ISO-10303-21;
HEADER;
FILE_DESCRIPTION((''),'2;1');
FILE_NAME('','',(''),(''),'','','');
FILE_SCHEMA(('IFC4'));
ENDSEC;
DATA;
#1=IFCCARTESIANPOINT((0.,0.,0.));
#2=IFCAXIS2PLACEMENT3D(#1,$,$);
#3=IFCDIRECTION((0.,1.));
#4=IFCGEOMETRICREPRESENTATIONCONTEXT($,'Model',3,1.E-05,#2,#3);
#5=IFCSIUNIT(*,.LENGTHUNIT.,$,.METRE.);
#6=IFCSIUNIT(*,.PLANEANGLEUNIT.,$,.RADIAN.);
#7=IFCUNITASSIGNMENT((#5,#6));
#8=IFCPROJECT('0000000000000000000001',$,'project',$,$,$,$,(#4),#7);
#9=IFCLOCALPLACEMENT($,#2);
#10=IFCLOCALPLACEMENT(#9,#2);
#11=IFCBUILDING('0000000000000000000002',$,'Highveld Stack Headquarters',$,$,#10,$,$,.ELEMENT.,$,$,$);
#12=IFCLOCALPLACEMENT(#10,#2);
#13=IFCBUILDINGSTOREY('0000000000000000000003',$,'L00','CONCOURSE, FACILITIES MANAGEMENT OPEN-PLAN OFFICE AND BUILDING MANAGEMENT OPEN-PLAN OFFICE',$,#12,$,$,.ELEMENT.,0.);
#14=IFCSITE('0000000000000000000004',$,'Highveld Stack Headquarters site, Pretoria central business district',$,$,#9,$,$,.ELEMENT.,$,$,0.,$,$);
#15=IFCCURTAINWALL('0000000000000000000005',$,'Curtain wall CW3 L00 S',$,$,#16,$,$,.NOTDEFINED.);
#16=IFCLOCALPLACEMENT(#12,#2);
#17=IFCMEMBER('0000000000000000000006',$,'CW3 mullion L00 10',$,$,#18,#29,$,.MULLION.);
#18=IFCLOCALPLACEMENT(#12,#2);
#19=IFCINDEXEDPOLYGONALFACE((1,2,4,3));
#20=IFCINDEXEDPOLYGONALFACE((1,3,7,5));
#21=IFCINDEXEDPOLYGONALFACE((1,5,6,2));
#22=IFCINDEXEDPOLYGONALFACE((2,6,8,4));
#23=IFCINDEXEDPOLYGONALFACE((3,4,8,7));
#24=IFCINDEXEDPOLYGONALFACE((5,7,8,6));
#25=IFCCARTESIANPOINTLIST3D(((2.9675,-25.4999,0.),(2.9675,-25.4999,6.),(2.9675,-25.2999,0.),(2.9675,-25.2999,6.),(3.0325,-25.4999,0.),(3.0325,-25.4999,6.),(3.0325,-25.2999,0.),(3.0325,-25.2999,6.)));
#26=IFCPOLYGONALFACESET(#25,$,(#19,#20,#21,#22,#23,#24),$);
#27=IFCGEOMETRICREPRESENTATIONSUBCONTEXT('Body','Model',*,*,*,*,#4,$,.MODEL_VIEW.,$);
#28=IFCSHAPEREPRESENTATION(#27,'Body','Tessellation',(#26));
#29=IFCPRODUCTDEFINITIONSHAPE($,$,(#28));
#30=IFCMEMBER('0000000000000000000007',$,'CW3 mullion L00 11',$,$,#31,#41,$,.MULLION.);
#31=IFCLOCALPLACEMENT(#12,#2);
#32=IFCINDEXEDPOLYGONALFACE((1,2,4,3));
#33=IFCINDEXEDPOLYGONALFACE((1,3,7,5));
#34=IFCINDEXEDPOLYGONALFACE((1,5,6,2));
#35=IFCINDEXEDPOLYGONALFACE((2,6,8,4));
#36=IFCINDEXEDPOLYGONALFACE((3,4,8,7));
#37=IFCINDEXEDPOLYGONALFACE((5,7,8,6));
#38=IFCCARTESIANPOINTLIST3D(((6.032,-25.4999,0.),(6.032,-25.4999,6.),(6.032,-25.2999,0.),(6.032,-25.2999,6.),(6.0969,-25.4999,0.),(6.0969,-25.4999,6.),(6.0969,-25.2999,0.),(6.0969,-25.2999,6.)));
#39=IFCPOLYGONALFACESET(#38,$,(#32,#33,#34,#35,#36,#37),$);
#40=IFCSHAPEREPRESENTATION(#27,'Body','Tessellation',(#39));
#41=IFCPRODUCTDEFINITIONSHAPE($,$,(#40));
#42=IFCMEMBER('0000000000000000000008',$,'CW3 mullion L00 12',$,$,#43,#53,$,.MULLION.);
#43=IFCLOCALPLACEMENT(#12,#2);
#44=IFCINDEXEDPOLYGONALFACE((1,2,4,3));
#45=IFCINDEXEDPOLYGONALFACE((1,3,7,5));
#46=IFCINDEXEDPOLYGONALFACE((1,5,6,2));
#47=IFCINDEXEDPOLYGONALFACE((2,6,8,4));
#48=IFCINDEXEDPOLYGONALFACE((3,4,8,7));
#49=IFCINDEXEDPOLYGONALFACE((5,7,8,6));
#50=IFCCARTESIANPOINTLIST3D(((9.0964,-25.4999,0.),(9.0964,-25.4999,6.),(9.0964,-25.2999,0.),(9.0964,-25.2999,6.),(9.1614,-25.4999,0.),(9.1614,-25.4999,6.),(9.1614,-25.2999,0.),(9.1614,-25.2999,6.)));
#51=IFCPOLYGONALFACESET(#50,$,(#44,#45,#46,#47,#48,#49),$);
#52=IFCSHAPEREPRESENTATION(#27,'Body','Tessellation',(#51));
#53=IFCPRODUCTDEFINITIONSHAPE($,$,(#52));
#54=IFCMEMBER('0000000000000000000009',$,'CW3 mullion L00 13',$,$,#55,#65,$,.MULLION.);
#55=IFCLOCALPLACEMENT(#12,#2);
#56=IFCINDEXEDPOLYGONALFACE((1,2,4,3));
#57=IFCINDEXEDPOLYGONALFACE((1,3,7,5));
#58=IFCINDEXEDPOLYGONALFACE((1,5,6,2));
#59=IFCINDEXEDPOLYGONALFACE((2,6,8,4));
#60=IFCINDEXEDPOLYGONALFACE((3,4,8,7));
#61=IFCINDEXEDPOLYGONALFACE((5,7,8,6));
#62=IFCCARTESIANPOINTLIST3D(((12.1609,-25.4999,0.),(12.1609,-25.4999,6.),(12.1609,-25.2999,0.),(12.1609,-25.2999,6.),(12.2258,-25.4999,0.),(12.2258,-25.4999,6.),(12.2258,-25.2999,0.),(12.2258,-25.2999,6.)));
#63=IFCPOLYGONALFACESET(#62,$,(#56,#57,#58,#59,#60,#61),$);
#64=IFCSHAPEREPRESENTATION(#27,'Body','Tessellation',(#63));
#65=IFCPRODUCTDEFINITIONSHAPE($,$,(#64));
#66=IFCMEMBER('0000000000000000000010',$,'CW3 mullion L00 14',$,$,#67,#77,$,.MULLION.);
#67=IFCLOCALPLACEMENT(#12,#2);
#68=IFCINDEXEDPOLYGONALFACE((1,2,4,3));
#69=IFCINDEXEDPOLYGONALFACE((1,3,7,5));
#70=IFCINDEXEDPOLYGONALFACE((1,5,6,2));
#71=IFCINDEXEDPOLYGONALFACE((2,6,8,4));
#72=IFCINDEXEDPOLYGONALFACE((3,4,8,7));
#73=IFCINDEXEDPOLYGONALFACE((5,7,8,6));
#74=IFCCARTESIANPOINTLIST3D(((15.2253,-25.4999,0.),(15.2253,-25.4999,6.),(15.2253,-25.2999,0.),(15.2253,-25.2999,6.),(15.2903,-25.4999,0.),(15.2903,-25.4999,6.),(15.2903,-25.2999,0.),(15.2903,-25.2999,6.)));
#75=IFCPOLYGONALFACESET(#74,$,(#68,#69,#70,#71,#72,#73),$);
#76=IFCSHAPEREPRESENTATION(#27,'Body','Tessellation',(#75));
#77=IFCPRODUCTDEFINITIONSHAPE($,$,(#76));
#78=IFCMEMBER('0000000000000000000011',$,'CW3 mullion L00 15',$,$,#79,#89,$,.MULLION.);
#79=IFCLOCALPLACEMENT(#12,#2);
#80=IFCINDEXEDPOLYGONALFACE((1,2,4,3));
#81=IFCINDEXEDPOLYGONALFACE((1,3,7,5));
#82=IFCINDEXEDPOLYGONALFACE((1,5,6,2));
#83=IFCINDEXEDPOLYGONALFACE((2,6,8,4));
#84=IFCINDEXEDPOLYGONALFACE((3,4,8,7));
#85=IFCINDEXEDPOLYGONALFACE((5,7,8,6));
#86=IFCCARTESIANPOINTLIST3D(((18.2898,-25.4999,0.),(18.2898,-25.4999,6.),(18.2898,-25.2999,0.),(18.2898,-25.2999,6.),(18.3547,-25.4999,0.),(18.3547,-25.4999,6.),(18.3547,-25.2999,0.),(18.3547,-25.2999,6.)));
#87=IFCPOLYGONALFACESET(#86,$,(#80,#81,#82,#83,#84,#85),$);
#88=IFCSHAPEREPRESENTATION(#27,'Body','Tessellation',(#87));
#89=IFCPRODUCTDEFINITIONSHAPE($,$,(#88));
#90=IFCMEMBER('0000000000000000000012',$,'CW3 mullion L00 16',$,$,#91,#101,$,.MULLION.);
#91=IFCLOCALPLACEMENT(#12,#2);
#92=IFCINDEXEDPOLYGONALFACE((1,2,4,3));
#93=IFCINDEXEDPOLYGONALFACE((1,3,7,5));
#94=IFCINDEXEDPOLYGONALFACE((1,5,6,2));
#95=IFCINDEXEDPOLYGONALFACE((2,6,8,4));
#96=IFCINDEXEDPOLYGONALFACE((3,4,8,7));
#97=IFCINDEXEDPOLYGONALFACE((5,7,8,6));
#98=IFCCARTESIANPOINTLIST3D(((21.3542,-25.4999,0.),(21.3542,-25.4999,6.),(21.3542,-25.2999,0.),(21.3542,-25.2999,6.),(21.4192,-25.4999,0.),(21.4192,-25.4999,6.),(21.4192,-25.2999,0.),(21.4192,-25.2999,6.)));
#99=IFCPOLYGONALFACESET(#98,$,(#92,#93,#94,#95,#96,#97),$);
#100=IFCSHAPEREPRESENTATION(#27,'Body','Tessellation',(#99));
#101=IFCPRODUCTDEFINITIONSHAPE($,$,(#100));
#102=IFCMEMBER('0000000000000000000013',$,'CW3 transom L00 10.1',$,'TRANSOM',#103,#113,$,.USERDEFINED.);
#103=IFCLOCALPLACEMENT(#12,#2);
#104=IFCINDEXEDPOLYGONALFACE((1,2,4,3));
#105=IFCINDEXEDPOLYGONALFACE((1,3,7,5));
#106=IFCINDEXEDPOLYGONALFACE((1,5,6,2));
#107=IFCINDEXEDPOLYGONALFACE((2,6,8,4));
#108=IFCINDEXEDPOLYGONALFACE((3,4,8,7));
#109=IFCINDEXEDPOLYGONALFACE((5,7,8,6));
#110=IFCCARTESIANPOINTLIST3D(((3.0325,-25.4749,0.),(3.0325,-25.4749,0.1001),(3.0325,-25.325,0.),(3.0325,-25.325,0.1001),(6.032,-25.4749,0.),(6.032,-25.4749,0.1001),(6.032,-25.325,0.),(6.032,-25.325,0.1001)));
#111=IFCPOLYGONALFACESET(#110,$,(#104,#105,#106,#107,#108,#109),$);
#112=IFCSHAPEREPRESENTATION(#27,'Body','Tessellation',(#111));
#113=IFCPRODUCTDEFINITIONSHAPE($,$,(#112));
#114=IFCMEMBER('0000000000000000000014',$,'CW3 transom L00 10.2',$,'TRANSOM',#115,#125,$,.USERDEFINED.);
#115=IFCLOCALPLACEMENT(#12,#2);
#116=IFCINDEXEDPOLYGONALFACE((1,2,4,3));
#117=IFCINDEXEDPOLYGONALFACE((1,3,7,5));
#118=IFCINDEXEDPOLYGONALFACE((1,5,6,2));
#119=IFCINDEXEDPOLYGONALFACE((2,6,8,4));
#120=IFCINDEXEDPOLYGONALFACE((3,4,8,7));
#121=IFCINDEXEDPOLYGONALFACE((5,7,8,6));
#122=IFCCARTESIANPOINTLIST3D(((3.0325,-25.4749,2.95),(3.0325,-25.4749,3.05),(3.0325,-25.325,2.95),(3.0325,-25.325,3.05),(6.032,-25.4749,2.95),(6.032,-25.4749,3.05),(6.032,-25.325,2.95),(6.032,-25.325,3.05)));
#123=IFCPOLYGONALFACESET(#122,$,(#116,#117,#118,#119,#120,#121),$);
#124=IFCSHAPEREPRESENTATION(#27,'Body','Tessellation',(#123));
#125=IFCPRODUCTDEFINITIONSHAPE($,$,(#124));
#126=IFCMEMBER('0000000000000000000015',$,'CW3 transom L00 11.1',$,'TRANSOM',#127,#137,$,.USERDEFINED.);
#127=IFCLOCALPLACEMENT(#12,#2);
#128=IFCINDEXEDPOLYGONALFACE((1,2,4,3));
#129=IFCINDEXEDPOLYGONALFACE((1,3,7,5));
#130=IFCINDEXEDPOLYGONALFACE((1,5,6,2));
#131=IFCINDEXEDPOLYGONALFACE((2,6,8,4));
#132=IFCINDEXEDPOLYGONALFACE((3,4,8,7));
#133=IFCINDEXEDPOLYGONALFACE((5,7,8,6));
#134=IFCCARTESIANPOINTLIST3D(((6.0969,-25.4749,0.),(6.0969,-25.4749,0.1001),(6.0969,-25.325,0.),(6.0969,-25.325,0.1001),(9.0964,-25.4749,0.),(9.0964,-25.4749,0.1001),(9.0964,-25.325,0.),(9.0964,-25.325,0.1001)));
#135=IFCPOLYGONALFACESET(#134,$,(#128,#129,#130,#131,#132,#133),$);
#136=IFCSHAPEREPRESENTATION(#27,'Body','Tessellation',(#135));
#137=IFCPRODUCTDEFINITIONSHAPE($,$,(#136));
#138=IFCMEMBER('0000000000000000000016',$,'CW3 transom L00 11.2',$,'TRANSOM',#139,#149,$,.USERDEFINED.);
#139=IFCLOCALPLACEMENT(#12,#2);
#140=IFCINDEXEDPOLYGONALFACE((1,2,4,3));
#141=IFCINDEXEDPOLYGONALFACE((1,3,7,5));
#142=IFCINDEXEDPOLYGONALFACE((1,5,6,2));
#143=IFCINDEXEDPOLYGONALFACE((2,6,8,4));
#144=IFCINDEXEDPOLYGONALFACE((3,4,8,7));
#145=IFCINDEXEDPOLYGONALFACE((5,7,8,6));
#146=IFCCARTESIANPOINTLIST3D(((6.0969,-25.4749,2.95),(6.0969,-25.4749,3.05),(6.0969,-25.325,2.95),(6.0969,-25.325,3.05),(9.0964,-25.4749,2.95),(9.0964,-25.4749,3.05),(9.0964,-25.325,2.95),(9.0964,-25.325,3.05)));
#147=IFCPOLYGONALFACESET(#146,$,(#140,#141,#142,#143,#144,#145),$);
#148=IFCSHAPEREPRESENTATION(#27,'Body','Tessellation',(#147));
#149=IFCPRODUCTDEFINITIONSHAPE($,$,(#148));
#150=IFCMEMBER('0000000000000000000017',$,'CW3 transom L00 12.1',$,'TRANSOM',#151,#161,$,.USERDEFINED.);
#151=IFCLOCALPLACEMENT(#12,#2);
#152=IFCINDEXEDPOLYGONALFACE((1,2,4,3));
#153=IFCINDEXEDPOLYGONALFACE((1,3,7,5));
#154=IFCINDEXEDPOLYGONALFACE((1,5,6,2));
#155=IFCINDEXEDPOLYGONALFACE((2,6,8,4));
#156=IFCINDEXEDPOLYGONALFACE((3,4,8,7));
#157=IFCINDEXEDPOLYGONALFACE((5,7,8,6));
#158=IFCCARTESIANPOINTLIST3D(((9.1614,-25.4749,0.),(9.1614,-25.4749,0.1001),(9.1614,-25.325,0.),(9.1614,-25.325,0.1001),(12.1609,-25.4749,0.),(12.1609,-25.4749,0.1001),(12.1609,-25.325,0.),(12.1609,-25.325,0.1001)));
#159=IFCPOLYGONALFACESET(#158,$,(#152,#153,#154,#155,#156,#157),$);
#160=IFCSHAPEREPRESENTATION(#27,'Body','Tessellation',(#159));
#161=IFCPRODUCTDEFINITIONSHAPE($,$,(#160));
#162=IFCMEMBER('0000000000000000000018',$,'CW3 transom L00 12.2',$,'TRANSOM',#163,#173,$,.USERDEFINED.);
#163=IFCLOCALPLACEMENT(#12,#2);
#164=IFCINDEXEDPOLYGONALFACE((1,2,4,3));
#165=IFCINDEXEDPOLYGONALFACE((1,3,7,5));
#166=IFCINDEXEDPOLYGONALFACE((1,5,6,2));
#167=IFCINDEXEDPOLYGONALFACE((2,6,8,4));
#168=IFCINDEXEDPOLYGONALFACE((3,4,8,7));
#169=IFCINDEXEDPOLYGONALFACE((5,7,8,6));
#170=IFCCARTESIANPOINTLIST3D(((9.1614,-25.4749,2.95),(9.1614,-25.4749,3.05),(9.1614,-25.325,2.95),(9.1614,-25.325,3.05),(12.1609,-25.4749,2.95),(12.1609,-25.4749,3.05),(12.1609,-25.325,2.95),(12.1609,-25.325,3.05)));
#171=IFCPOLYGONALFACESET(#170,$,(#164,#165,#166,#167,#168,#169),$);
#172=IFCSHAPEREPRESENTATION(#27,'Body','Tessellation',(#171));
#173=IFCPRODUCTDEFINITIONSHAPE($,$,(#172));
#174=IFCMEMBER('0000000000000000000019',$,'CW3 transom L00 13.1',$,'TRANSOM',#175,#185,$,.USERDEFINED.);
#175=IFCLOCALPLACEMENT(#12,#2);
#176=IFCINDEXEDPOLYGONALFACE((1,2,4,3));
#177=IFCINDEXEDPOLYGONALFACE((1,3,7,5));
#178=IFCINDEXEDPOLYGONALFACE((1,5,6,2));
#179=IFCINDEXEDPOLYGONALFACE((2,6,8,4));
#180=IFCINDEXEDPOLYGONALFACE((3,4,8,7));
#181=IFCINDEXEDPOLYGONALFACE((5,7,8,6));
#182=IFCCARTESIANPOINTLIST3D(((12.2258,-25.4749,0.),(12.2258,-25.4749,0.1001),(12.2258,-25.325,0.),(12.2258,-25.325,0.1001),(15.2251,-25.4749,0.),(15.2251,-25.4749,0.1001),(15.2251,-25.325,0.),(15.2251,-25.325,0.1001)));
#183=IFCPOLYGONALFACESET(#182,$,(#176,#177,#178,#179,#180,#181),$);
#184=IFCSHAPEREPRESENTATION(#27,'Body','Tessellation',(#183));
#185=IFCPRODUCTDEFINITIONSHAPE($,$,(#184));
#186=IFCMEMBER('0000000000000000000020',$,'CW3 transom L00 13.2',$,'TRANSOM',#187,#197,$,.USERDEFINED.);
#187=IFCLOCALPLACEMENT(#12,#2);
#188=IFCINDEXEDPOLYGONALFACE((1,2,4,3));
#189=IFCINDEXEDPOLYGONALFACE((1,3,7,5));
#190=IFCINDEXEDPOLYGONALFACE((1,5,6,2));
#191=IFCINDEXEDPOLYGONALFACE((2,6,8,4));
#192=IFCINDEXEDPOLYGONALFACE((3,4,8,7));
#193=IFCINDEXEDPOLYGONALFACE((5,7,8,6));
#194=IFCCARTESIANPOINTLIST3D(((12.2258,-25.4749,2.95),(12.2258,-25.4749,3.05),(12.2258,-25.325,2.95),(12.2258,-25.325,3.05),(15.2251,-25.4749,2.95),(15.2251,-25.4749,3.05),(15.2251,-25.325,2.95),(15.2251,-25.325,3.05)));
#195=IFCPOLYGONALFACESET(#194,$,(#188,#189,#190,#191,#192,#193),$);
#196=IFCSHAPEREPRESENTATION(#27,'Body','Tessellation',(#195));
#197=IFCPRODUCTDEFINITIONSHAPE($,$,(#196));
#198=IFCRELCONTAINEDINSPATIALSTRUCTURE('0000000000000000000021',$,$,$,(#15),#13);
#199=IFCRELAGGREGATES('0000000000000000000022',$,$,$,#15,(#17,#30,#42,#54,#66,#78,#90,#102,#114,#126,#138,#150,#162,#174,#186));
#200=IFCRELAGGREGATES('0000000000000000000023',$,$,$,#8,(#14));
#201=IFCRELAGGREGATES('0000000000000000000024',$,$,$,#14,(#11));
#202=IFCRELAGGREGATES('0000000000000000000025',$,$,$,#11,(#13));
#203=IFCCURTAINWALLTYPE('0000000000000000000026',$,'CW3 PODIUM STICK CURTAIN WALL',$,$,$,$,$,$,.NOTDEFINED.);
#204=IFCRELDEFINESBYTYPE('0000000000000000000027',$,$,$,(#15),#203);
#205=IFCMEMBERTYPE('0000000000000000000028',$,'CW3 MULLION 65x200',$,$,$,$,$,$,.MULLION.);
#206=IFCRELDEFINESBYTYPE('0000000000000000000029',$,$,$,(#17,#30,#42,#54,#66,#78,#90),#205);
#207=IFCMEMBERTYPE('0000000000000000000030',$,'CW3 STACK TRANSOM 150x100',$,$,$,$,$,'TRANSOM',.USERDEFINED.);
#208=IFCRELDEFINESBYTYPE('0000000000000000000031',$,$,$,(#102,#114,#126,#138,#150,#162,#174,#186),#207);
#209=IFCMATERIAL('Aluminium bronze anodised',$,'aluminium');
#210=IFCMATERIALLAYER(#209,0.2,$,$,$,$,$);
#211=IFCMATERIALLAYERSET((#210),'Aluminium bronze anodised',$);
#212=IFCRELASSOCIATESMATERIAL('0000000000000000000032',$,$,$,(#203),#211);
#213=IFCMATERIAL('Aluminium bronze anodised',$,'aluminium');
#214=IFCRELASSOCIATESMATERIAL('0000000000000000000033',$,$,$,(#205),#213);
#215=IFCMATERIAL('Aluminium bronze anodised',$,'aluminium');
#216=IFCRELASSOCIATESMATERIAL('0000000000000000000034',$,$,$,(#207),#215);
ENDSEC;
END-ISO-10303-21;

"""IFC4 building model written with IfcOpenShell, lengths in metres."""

from ifc_helpers import new_model, si_unit, direction, frame, origin, origin_2d, place, context, subcontext, project, spatial, rectangle, extrude, material, layer, layer_set, material_profile, profile_set, type_object, element, aggregate, save


model = new_model("IFC4")

# Units and contexts
model_context = context("Model", 3, precision=1e-05, world=origin(), true_north=direction((0.0, 1.0)))
body_context = subcontext(model_context, "Body", "Model", "MODEL_VIEW")
ifc_project = project(units=[si_unit("LENGTHUNIT", "METRE"), si_unit("PLANEANGLEUNIT", "RADIAN")], contexts=[model_context])

# Site, building, storey
site_placement = place(None, origin())
site = spatial("IfcSite", under=ifc_project, at=site_placement, Name="Highveld Stack Headquarters site, Pretoria central business district", CompositionType="ELEMENT", RefElevation=0.0)
building_placement = place(site_placement, origin())
building = spatial("IfcBuilding", under=site, at=building_placement, Name="Highveld Stack Headquarters", CompositionType="ELEMENT")
storey_placement = place(building_placement, origin())
storey = spatial("IfcBuildingStorey", under=building, at=storey_placement, Name="L00", Description="CONCOURSE, FACILITIES MANAGEMENT OPEN-PLAN OFFICE AND BUILDING MANAGEMENT OPEN-PLAN OFFICE", CompositionType="ELEMENT", Elevation=0.0)

# Curtain wall, members
ifc_material_1 = material(Name="Aluminium bronze anodised", Category="aluminium")
ifc_layer_1 = layer(ifc_material_1, 0.2)
ifc_layer_set_1 = layer_set([ifc_layer_1], Name="Aluminium bronze anodised")
curtain_wall_type = type_object("IfcCurtainWallType", Name="CW3 PODIUM STICK CURTAIN WALL", PredefinedType="NOTDEFINED", material=ifc_layer_set_1)
curtain_wall_placement = place(storey_placement, origin())
curtain_wall = element("IfcCurtainWall", 1, at=curtain_wall_placement, inside=storey, type_object=curtain_wall_type, Name="Curtain wall CW3 L00 S", PredefinedType="NOTDEFINED")
ifc_material_2 = material(Name="Aluminium bronze anodised", Category="aluminium")
ifc_material_profile_1 = material_profile(ifc_material_2, rectangle(XDim=0.2, YDim=0.0649, at=origin_2d()), Name="CW3 MULLION 65x200")
ifc_profile_set_1 = profile_set([ifc_material_profile_1], Name="Aluminium bronze anodised")
member_type_1 = type_object("IfcMemberType", Name="CW3 MULLION 65x200", PredefinedType="MULLION", material=ifc_profile_set_1)
member_1_placement = place(storey_placement, frame((3.0, -25.3999, 0.0), z_axis=(0.0, 0.0, 1.0), x_axis=(0.0, 1.0, 0.0)))
member_1 = element("IfcMember", 2, at=member_1_placement, type_object=member_type_1, Name="CW3 mullion L00 10", PredefinedType="MULLION", context=body_context, shape_type="SweptSolid", body=[
    extrude(rectangle(XDim=0.2, YDim=0.0649, at=origin_2d()), origin(), (0.0, 0.0, 1.0), 6.0),
])
member_2_placement = place(storey_placement, frame((6.0645, -25.3999, 0.0), z_axis=(0.0, 0.0, 1.0), x_axis=(0.0, 1.0, 0.0)))
member_2 = element("IfcMember", 3, at=member_2_placement, type_object=member_type_1, Name="CW3 mullion L00 11", PredefinedType="MULLION", context=body_context, shape_type="SweptSolid", body=[
    extrude(rectangle(XDim=0.2, YDim=0.0649, at=origin_2d()), origin(), (0.0, 0.0, 1.0), 6.0),
])
member_3_placement = place(storey_placement, frame((9.1289, -25.3999, 0.0), z_axis=(0.0, 0.0, 1.0), x_axis=(0.0, 1.0, 0.0)))
member_3 = element("IfcMember", 4, at=member_3_placement, type_object=member_type_1, Name="CW3 mullion L00 12", PredefinedType="MULLION", context=body_context, shape_type="SweptSolid", body=[
    extrude(rectangle(XDim=0.2, YDim=0.0649, at=origin_2d()), origin(), (0.0, 0.0, 1.0), 6.0),
])
member_4_placement = place(storey_placement, frame((12.1934, -25.3999, 0.0), z_axis=(0.0, 0.0, 1.0), x_axis=(0.0, 1.0, 0.0)))
member_4 = element("IfcMember", 5, at=member_4_placement, type_object=member_type_1, Name="CW3 mullion L00 13", PredefinedType="MULLION", context=body_context, shape_type="SweptSolid", body=[
    extrude(rectangle(XDim=0.2, YDim=0.0649, at=origin_2d()), origin(), (0.0, 0.0, 1.0), 6.0),
])
member_5_placement = place(storey_placement, frame((15.2578, -25.3999, 0.0), z_axis=(0.0, 0.0, 1.0), x_axis=(0.0, 1.0, 0.0)))
member_5 = element("IfcMember", 6, at=member_5_placement, type_object=member_type_1, Name="CW3 mullion L00 14", PredefinedType="MULLION", context=body_context, shape_type="SweptSolid", body=[
    extrude(rectangle(XDim=0.2, YDim=0.0649, at=origin_2d()), origin(), (0.0, 0.0, 1.0), 6.0),
])
member_6_placement = place(storey_placement, frame((18.3223, -25.3999, 0.0), z_axis=(0.0, 0.0, 1.0), x_axis=(0.0, 1.0, 0.0)))
member_6 = element("IfcMember", 7, at=member_6_placement, type_object=member_type_1, Name="CW3 mullion L00 15", PredefinedType="MULLION", context=body_context, shape_type="SweptSolid", body=[
    extrude(rectangle(XDim=0.2, YDim=0.0649, at=origin_2d()), origin(), (0.0, 0.0, 1.0), 6.0),
])
member_7_placement = place(storey_placement, frame((21.3867, -25.3999, 0.0), z_axis=(0.0, 0.0, 1.0), x_axis=(0.0, 1.0, 0.0)))
member_7 = element("IfcMember", 8, at=member_7_placement, type_object=member_type_1, Name="CW3 mullion L00 16", PredefinedType="MULLION", context=body_context, shape_type="SweptSolid", body=[
    extrude(rectangle(XDim=0.2, YDim=0.0649, at=origin_2d()), origin(), (0.0, 0.0, 1.0), 6.0),
])
ifc_material_3 = material(Name="Aluminium bronze anodised", Category="aluminium")
ifc_material_profile_2 = material_profile(ifc_material_3, rectangle(XDim=0.1499, YDim=0.1001, at=origin_2d()), Name="CW3 TRANSOM 150x100")
ifc_profile_set_2 = profile_set([ifc_material_profile_2], Name="Aluminium bronze anodised")
member_type_2 = type_object("IfcMemberType", Name="CW3 STACK TRANSOM 150x100", ElementType="TRANSOM", PredefinedType="USERDEFINED", material=ifc_profile_set_2)
member_8_placement = place(storey_placement, frame((3.0325, -25.3999, 0.05), z_axis=(1.0, 0.0, 0.0), x_axis=(0.0, 1.0, 0.0)))
member_8 = element("IfcMember", 9, at=member_8_placement, type_object=member_type_2, Name="CW3 transom L00 10.1", ObjectType="TRANSOM", PredefinedType="USERDEFINED", context=body_context, shape_type="SweptSolid", body=[
    extrude(rectangle(XDim=0.1499, YDim=0.1001, at=origin_2d()), origin(), (0.0, 0.0, 1.0), 2.9995),
])
member_9_placement = place(storey_placement, frame((3.0325, -25.3999, 3.0), z_axis=(1.0, 0.0, 0.0), x_axis=(0.0, 1.0, 0.0)))
member_9 = element("IfcMember", 10, at=member_9_placement, type_object=member_type_2, Name="CW3 transom L00 10.2", ObjectType="TRANSOM", PredefinedType="USERDEFINED", context=body_context, shape_type="SweptSolid", body=[
    extrude(rectangle(XDim=0.1499, YDim=0.1001, at=origin_2d()), origin(), (0.0, 0.0, 1.0), 2.9995),
])
member_10_placement = place(storey_placement, frame((6.0969, -25.3999, 0.05), z_axis=(1.0, 0.0, 0.0), x_axis=(0.0, 1.0, 0.0)))
member_10 = element("IfcMember", 11, at=member_10_placement, type_object=member_type_2, Name="CW3 transom L00 11.1", ObjectType="TRANSOM", PredefinedType="USERDEFINED", context=body_context, shape_type="SweptSolid", body=[
    extrude(rectangle(XDim=0.1499, YDim=0.1001, at=origin_2d()), origin(), (0.0, 0.0, 1.0), 2.9995),
])
member_11_placement = place(storey_placement, frame((6.0969, -25.3999, 3.0), z_axis=(1.0, 0.0, 0.0), x_axis=(0.0, 1.0, 0.0)))
member_11 = element("IfcMember", 12, at=member_11_placement, type_object=member_type_2, Name="CW3 transom L00 11.2", ObjectType="TRANSOM", PredefinedType="USERDEFINED", context=body_context, shape_type="SweptSolid", body=[
    extrude(rectangle(XDim=0.1499, YDim=0.1001, at=origin_2d()), origin(), (0.0, 0.0, 1.0), 2.9995),
])
member_12_placement = place(storey_placement, frame((9.1614, -25.3999, 0.05), z_axis=(1.0, 0.0, 0.0), x_axis=(0.0, 1.0, 0.0)))
member_12 = element("IfcMember", 13, at=member_12_placement, type_object=member_type_2, Name="CW3 transom L00 12.1", ObjectType="TRANSOM", PredefinedType="USERDEFINED", context=body_context, shape_type="SweptSolid", body=[
    extrude(rectangle(XDim=0.1499, YDim=0.1001, at=origin_2d()), origin(), (0.0, 0.0, 1.0), 2.9995),
])
member_13_placement = place(storey_placement, frame((9.1614, -25.3999, 3.0), z_axis=(1.0, 0.0, 0.0), x_axis=(0.0, 1.0, 0.0)))
member_13 = element("IfcMember", 14, at=member_13_placement, type_object=member_type_2, Name="CW3 transom L00 12.2", ObjectType="TRANSOM", PredefinedType="USERDEFINED", context=body_context, shape_type="SweptSolid", body=[
    extrude(rectangle(XDim=0.1499, YDim=0.1001, at=origin_2d()), origin(), (0.0, 0.0, 1.0), 2.9995),
])
member_14_placement = place(storey_placement, frame((12.2258, -25.3999, 0.05), z_axis=(1.0, 0.0, 0.0), x_axis=(0.0, 1.0, 0.0)))
member_14 = element("IfcMember", 15, at=member_14_placement, type_object=member_type_2, Name="CW3 transom L00 13.1", ObjectType="TRANSOM", PredefinedType="USERDEFINED", context=body_context, shape_type="SweptSolid", body=[
    extrude(rectangle(XDim=0.1499, YDim=0.1001, at=origin_2d()), origin(), (0.0, 0.0, 1.0), 2.9993),
])
member_15_placement = place(storey_placement, frame((12.2258, -25.3999, 3.0), z_axis=(1.0, 0.0, 0.0), x_axis=(0.0, 1.0, 0.0)))
member_15 = element("IfcMember", 16, at=member_15_placement, type_object=member_type_2, Name="CW3 transom L00 13.2", ObjectType="TRANSOM", PredefinedType="USERDEFINED", context=body_context, shape_type="SweptSolid", body=[
    extrude(rectangle(XDim=0.1499, YDim=0.1001, at=origin_2d()), origin(), (0.0, 0.0, 1.0), 2.9993),
])
aggregate(curtain_wall, [member_1, member_2, member_3, member_4, member_5, member_6, member_7, member_8, member_9, member_10, member_11, member_12, member_13, member_14, member_15])

save(model, "model.ifc")
